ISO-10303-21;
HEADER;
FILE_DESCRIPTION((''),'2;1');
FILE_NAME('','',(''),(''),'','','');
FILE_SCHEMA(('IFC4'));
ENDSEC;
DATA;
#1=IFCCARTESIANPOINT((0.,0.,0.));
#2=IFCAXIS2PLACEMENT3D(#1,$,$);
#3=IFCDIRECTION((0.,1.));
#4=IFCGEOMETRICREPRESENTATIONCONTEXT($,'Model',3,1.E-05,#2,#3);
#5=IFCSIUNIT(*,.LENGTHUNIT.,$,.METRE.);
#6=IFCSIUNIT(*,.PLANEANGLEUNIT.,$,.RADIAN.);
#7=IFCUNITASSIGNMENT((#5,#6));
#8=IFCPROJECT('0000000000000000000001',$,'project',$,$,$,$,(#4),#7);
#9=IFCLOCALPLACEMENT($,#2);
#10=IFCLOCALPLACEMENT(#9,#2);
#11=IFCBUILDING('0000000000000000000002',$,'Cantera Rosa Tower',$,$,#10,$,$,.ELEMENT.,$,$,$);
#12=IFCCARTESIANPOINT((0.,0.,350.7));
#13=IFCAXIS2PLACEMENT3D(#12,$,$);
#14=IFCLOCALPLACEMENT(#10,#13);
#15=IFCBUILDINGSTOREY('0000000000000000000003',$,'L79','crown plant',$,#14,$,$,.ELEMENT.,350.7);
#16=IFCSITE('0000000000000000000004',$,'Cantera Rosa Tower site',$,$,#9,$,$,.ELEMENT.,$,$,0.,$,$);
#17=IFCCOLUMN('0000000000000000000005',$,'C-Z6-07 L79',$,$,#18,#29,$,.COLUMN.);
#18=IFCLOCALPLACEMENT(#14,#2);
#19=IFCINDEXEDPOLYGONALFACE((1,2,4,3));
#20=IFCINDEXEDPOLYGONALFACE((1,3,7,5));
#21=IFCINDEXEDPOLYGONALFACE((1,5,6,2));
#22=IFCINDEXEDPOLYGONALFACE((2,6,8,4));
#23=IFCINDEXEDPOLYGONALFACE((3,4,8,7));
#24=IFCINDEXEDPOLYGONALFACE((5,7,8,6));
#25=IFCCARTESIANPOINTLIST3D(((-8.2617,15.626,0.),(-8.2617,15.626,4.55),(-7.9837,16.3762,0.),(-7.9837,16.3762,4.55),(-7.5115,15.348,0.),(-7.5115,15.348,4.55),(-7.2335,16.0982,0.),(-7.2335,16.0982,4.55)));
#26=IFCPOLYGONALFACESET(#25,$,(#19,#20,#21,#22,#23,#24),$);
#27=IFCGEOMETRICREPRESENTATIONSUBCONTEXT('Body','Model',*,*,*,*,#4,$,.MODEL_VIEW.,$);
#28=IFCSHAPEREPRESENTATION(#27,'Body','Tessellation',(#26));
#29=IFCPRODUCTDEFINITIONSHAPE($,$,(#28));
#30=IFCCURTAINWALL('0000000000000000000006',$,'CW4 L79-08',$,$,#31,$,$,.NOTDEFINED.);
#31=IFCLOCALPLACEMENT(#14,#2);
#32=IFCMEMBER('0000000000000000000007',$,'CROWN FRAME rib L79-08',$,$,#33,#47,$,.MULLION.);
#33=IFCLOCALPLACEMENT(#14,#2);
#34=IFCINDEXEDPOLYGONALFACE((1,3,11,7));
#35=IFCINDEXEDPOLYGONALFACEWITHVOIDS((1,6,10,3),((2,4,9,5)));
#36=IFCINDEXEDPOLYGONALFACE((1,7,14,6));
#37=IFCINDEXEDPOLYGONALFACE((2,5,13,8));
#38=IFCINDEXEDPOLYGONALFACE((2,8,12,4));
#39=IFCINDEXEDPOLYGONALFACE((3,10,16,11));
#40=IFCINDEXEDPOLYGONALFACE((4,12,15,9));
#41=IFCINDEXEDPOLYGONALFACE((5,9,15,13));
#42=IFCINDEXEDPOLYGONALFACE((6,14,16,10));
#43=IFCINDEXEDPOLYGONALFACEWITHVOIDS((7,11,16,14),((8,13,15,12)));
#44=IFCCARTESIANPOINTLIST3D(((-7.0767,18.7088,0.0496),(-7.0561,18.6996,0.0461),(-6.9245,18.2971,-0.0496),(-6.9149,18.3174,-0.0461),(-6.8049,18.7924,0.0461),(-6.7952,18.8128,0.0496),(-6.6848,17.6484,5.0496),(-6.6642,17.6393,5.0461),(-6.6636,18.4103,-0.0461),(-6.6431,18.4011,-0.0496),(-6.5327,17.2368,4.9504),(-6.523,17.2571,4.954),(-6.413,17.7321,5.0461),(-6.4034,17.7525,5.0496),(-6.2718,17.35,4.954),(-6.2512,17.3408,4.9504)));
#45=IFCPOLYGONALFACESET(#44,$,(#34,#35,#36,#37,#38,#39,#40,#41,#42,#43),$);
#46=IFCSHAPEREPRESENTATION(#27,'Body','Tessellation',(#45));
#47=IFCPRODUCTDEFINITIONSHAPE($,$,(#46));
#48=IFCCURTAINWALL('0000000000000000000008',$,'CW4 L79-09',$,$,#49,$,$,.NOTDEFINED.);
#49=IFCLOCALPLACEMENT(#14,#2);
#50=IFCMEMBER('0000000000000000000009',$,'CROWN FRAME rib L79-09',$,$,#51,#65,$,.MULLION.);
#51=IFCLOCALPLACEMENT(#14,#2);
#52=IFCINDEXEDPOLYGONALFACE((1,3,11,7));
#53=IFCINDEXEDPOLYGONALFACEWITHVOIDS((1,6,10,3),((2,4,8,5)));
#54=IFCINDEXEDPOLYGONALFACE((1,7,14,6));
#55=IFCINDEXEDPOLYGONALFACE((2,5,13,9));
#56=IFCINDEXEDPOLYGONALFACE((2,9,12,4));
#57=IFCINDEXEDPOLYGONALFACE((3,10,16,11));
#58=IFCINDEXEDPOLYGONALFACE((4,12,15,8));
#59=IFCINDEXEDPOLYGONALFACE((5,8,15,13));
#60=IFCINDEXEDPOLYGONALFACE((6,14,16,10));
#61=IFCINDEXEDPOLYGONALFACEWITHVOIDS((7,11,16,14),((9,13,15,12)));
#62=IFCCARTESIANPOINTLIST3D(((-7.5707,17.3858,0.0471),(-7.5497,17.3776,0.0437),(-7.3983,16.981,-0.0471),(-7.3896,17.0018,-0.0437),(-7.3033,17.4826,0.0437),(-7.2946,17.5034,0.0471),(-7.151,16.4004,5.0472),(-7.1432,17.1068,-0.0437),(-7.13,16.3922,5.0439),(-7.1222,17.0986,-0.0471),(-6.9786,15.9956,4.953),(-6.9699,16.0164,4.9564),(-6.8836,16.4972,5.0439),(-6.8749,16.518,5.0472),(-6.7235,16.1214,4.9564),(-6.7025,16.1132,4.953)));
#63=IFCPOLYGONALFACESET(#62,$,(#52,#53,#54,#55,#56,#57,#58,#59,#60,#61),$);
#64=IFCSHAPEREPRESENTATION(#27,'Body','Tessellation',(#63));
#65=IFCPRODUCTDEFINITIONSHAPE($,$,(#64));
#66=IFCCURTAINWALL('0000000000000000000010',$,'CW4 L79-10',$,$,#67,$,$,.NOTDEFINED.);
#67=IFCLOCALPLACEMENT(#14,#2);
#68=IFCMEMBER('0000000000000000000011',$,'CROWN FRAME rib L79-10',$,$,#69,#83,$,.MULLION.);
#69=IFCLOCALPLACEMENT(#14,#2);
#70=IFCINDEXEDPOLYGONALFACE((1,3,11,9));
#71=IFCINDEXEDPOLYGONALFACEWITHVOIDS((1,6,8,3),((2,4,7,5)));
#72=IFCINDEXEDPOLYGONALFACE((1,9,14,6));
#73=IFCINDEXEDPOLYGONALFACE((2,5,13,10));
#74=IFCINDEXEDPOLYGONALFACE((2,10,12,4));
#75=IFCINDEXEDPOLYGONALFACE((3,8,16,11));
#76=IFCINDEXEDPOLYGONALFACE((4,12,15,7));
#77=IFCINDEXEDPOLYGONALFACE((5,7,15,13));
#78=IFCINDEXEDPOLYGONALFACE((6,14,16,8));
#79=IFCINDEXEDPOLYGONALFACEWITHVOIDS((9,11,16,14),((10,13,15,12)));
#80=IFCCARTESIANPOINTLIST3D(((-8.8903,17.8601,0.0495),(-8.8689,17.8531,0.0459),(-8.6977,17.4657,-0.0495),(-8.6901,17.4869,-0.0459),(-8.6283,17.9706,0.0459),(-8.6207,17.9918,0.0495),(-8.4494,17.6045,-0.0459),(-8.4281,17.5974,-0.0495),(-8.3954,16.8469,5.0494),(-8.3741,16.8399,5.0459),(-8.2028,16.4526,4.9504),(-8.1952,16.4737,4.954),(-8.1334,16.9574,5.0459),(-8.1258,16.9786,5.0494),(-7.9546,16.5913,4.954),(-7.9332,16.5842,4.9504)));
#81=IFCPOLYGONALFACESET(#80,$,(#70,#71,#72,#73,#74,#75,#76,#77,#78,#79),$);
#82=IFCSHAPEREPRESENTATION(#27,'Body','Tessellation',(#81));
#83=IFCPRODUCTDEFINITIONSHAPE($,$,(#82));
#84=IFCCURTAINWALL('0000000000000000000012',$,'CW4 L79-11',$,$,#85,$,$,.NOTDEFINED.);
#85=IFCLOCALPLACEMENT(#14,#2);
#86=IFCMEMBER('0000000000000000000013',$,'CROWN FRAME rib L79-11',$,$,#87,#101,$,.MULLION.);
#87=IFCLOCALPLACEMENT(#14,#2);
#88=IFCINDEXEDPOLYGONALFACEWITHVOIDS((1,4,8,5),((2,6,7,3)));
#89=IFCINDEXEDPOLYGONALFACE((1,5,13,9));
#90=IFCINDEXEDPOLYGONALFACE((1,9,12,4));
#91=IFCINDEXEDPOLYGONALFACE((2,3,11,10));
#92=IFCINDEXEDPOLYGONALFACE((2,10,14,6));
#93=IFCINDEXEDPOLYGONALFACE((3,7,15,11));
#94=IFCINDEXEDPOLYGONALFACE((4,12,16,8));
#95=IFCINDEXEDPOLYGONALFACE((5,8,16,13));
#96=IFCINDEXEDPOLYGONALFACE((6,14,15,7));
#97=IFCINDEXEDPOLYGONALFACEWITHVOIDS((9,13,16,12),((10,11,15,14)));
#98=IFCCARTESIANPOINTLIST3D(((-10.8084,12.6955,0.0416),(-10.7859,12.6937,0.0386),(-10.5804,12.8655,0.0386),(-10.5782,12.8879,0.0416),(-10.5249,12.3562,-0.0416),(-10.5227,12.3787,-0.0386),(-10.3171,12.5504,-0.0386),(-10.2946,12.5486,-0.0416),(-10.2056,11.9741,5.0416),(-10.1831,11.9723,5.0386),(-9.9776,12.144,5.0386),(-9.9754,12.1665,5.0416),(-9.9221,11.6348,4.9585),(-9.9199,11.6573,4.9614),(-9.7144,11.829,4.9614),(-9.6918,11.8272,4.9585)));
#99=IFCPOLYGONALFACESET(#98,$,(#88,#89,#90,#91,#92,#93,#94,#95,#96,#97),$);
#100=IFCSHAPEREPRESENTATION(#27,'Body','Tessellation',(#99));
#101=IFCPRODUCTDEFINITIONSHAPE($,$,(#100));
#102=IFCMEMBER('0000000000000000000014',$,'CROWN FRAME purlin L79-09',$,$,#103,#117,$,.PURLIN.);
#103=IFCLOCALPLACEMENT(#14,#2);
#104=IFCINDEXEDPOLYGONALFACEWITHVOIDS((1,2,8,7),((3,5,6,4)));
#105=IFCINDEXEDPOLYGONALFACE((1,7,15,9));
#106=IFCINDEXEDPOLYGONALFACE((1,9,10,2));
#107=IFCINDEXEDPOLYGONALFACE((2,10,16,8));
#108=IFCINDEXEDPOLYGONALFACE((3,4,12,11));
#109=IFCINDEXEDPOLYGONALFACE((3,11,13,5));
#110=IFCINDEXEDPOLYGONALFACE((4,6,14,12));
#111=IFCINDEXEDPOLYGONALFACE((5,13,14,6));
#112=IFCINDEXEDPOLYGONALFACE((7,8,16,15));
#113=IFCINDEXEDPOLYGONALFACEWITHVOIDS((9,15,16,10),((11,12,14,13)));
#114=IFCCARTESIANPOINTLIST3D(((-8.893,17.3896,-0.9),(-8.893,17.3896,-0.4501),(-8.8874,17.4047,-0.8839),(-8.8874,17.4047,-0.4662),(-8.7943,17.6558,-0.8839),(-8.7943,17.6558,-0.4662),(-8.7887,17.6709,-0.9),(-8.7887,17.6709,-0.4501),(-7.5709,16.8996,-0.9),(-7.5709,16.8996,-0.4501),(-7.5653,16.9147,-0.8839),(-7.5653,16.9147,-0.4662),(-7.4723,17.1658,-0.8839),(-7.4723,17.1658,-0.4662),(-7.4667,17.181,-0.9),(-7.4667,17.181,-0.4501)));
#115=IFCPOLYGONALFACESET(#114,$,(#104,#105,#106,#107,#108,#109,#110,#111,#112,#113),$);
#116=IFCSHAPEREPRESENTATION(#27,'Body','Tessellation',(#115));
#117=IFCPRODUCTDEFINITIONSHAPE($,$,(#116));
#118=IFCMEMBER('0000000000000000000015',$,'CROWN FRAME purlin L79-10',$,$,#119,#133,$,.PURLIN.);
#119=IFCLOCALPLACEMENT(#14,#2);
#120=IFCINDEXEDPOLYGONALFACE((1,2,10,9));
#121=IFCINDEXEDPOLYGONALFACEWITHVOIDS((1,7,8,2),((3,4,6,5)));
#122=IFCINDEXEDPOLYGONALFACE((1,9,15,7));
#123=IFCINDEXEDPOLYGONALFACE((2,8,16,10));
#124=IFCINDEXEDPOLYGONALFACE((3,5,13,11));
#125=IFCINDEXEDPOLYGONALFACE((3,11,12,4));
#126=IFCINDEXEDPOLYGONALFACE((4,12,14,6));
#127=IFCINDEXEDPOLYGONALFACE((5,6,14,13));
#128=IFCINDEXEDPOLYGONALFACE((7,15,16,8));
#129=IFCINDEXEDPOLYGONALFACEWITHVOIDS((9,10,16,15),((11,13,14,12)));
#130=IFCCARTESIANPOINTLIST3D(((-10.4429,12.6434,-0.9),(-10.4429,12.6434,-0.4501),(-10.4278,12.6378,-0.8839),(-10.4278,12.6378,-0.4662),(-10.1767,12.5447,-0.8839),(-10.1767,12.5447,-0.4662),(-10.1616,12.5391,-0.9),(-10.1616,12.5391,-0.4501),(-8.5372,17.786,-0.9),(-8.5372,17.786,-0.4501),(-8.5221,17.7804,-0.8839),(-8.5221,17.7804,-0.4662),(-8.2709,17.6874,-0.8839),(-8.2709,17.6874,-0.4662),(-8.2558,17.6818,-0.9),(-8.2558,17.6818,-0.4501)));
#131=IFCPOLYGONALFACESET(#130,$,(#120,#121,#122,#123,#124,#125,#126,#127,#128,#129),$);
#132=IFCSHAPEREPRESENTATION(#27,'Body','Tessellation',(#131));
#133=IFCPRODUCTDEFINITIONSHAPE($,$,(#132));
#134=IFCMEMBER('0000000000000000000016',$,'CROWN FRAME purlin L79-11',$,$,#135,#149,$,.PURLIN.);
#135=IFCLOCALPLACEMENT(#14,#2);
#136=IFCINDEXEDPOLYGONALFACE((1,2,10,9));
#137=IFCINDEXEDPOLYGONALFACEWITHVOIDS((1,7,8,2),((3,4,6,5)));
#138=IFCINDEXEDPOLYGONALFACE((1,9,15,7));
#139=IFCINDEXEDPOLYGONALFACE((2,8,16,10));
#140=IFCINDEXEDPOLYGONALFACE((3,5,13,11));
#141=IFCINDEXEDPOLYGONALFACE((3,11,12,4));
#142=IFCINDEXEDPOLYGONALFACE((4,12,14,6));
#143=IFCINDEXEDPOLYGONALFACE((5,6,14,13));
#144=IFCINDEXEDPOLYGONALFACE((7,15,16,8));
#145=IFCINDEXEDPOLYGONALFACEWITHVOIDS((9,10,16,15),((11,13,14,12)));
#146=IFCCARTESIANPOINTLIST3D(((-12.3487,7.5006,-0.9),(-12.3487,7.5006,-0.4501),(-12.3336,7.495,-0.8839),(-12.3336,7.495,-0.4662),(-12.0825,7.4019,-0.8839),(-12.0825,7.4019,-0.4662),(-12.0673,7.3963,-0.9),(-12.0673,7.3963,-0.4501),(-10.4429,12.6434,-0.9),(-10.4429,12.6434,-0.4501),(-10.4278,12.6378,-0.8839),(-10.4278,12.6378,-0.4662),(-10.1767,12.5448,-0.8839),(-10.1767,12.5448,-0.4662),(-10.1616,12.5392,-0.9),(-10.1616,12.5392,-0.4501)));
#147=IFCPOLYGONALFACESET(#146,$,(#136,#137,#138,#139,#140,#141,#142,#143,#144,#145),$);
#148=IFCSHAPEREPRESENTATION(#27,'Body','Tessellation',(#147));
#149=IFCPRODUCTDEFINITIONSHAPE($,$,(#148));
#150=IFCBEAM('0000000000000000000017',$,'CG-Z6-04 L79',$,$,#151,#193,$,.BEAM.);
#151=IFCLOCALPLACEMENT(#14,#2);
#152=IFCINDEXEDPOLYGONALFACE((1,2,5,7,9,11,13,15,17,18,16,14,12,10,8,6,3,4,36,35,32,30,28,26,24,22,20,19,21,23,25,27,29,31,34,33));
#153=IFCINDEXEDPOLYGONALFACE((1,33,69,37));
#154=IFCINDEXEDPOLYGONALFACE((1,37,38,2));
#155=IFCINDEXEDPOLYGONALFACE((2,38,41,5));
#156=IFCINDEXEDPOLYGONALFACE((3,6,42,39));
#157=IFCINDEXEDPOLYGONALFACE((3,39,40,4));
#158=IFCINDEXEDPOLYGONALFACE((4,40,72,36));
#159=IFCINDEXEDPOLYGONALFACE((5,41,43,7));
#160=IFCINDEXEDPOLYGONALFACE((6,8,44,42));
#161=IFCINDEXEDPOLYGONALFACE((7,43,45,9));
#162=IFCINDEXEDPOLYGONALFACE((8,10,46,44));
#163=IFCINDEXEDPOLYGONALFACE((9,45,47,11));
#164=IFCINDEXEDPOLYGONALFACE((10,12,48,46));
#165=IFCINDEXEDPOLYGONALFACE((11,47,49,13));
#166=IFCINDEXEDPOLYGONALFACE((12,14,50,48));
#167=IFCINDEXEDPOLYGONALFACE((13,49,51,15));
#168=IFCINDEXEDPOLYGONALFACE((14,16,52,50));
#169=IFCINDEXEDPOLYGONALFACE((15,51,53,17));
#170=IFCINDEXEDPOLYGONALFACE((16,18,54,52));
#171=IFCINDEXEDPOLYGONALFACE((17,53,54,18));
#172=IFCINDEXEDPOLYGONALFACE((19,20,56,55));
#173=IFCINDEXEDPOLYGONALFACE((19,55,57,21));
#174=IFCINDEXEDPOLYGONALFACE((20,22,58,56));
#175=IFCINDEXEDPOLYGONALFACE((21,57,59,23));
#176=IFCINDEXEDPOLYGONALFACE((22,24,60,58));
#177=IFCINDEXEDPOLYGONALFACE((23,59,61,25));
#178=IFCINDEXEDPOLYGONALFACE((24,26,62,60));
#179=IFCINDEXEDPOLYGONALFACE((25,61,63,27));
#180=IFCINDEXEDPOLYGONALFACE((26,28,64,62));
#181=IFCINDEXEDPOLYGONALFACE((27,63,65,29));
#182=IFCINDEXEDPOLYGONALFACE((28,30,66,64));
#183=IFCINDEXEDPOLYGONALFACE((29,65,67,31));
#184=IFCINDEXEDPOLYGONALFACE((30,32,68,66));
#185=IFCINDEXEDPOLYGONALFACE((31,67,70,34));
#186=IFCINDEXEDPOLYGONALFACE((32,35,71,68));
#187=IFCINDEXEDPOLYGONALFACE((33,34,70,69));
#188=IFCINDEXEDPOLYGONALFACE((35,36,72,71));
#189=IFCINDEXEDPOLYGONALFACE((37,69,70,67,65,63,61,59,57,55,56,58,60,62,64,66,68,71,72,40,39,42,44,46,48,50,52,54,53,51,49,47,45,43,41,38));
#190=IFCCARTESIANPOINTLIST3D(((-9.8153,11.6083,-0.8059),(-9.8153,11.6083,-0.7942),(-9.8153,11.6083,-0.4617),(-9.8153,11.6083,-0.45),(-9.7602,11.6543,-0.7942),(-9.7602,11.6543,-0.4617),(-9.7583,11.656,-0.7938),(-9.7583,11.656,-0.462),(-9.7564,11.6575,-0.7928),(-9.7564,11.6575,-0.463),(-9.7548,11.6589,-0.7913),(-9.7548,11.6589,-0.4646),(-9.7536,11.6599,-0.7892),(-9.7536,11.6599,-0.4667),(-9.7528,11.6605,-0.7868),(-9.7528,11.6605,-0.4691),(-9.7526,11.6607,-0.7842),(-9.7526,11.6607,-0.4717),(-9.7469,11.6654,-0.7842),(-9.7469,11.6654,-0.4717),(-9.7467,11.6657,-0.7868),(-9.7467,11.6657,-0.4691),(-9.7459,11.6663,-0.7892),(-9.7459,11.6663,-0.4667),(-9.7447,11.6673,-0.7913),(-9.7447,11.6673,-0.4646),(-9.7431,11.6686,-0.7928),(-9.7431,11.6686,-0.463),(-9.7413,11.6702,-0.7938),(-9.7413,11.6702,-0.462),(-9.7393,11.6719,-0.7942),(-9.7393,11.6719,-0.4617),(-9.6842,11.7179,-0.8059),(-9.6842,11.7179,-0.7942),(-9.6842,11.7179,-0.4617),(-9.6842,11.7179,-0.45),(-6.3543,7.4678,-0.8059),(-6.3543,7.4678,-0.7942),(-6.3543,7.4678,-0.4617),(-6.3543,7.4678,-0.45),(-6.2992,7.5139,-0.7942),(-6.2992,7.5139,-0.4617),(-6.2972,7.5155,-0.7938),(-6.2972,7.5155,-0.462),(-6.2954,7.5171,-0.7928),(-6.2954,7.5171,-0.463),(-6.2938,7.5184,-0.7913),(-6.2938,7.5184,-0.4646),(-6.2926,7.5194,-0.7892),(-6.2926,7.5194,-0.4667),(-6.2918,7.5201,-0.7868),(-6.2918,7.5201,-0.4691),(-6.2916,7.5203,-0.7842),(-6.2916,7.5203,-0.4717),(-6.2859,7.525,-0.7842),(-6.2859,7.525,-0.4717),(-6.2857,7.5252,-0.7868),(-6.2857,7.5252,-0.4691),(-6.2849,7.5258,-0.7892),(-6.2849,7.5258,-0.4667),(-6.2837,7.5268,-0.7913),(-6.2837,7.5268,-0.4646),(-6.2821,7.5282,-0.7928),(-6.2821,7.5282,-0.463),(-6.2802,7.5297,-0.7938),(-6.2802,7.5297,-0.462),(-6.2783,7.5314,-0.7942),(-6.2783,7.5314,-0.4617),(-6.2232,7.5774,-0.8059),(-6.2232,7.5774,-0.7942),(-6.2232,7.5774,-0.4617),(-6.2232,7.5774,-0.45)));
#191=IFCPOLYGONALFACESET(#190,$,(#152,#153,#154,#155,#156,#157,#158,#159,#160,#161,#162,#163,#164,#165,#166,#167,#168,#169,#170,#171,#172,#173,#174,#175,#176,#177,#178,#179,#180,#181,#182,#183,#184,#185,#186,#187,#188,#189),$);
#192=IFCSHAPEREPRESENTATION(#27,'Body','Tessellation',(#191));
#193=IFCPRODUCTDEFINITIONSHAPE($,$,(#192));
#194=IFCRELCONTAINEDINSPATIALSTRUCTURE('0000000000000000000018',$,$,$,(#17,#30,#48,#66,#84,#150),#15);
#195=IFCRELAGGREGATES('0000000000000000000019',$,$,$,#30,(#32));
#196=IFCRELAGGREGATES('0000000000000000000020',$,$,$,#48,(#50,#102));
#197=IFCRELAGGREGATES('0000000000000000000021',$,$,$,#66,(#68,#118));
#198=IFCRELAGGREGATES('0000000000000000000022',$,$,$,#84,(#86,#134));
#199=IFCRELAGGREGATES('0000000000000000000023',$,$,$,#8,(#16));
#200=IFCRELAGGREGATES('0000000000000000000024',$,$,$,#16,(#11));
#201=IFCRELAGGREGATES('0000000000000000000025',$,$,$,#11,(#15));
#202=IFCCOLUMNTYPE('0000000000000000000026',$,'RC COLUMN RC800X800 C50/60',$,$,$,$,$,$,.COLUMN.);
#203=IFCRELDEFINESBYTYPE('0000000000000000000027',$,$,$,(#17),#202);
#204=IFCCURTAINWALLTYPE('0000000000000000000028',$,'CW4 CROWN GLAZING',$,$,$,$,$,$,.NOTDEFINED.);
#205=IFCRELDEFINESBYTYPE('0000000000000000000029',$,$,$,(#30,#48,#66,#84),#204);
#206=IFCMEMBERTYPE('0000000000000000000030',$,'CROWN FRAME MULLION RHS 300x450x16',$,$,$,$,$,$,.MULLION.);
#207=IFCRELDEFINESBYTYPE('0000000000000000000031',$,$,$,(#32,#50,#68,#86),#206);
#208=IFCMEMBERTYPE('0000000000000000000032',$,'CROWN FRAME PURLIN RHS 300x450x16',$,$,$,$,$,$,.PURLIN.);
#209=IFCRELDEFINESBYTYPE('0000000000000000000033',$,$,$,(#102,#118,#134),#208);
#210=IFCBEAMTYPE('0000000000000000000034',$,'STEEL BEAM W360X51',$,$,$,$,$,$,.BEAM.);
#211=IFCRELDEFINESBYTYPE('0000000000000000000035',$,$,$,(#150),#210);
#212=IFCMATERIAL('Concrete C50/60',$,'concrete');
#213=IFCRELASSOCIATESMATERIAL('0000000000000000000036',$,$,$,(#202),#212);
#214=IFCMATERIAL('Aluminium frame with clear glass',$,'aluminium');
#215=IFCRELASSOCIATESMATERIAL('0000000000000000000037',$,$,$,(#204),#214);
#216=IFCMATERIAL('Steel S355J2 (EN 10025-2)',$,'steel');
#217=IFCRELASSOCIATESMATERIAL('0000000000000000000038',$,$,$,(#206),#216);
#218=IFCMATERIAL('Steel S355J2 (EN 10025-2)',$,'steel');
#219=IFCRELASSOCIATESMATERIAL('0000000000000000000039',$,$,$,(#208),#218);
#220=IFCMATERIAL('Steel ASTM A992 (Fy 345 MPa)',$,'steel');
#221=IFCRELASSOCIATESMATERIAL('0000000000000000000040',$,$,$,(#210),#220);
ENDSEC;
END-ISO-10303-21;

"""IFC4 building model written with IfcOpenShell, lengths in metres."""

from ifc_helpers import new_model, si_unit, direction, frame, origin, origin_2d, place, context, subcontext, project, spatial, rectangle, hollow_rectangle, i_section, extrude, material, material_profile, profile_set, type_object, element, aggregate, save


model = new_model("IFC4")

# Units and contexts
model_context = context("Model", 3, precision=1e-05, world=origin(), true_north=direction((0.0, 1.0)))
body_context = subcontext(model_context, "Body", "Model", "MODEL_VIEW")
ifc_project = project(units=[si_unit("LENGTHUNIT", "METRE"), si_unit("PLANEANGLEUNIT", "RADIAN")], contexts=[model_context])

# Site, building, storey
site_placement = place(None, origin())
site = spatial("IfcSite", under=ifc_project, at=site_placement, Name="Cantera Rosa Tower site", CompositionType="ELEMENT", RefElevation=0.0)
building_placement = place(site_placement, origin())
building = spatial("IfcBuilding", under=site, at=building_placement, Name="Cantera Rosa Tower", CompositionType="ELEMENT")
storey_placement = place(building_placement, frame((0.0, 0.0, 350.7)))
storey = spatial("IfcBuildingStorey", under=building, at=storey_placement, Name="L79", Description="crown plant", CompositionType="ELEMENT", Elevation=350.7)

# Column
ifc_material_1 = material(Name="Concrete C50/60", Category="concrete")
ifc_material_profile_1 = material_profile(ifc_material_1, rectangle(XDim=0.8, YDim=0.8, at=origin_2d()), Name="RC COLUMN RC800X800 C50/60")
ifc_profile_set_1 = profile_set([ifc_material_profile_1], Name="Concrete C50/60")
column_type = type_object("IfcColumnType", Name="RC COLUMN RC800X800 C50/60", PredefinedType="COLUMN", material=ifc_profile_set_1)
column_placement = place(storey_placement, frame((-7.7476, 15.8621, 0.0), z_axis=(0.0, 0.0, 1.0), x_axis=(0.347481, 0.937687, 0.0)))
element("IfcColumn", 1, at=column_placement, inside=storey, type_object=column_type, Name="C-Z6-07 L79", PredefinedType="COLUMN", context=body_context, shape_type="SweptSolid", body=[
    extrude(rectangle(XDim=0.8, YDim=0.8, at=origin_2d()), origin(), (0.0, 0.0, 1.0), 4.55),
])

# Curtain walls, members
ifc_material_2 = material(Name="Aluminium frame with clear glass", Category="aluminium")
curtain_wall_type = type_object("IfcCurtainWallType", Name="CW4 CROWN GLAZING", PredefinedType="NOTDEFINED", material=ifc_material_2)
curtain_wall_1_placement = place(storey_placement, origin())
curtain_wall_1 = element("IfcCurtainWall", 2, at=curtain_wall_1_placement, inside=storey, type_object=curtain_wall_type, Name="CW4 L79-08", PredefinedType="NOTDEFINED")
ifc_material_3 = material(Name="Steel S355J2 (EN 10025-2)", Category="steel")
ifc_material_profile_2 = material_profile(ifc_material_3, hollow_rectangle(XDim=0.3, YDim=0.45, WallThickness=0.0161, at=origin_2d()), Name="CROWN FRAME MULLION RHS 300x450x16")
ifc_profile_set_2 = profile_set([ifc_material_profile_2], Name="Steel S355J2 (EN 10025-2)")
member_type_1 = type_object("IfcMemberType", Name="CROWN FRAME MULLION RHS 300x450x16", PredefinedType="MULLION", material=ifc_profile_set_2)
member_1_placement = place(storey_placement, frame((-6.8599, 18.5549, 0.0), z_axis=(0.07644, -0.20684, 0.975384), x_axis=(0.937996, 0.346646, 0.0)))
member_1 = element("IfcMember", 3, at=member_1_placement, type_object=member_type_1, Name="CROWN FRAME rib L79-08", PredefinedType="MULLION", context=body_context, shape_type="SweptSolid", body=[
    extrude(hollow_rectangle(XDim=0.3, YDim=0.45, WallThickness=0.0161, at=origin_2d()), origin(), (0.0, 0.0, 1.0), 5.1262),
])
curtain_wall_2_placement = place(storey_placement, origin())
curtain_wall_2 = element("IfcCurtainWall", 4, at=curtain_wall_2_placement, inside=storey, type_object=curtain_wall_type, Name="CW4 L79-09", PredefinedType="NOTDEFINED")
member_2_placement = place(storey_placement, frame((-7.3464, 17.2422, 0.0), z_axis=(0.082074, -0.192699, 0.977819), x_axis=(0.920027, 0.391855, 0.0)))
member_2 = element("IfcMember", 5, at=member_2_placement, type_object=member_type_1, Name="CROWN FRAME rib L79-09", PredefinedType="MULLION", context=body_context, shape_type="SweptSolid", body=[
    extrude(hollow_rectangle(XDim=0.3, YDim=0.45, WallThickness=0.0161, at=origin_2d()), origin(), (0.0, 0.0, 1.0), 5.1135),
])
curtain_wall_3_placement = place(storey_placement, origin())
curtain_wall_3 = element("IfcCurtainWall", 6, at=curtain_wall_3_placement, inside=storey, type_object=curtain_wall_type, Name="CW4 L79-10", PredefinedType="NOTDEFINED")
member_3_placement = place(storey_placement, frame((-8.6592, 17.7288, 0.0), z_axis=(0.09655, -0.197672, 0.975502), x_axis=(0.898546, 0.43888, 0.0)))
member_3 = element("IfcMember", 7, at=member_3_placement, type_object=member_type_1, Name="CROWN FRAME rib L79-10", PredefinedType="MULLION", context=body_context, shape_type="SweptSolid", body=[
    extrude(hollow_rectangle(XDim=0.3, YDim=0.45, WallThickness=0.0161, at=origin_2d()), origin(), (0.0, 0.0, 1.0), 5.1255),
])
curtain_wall_4_placement = place(storey_placement, origin())
curtain_wall_4 = element("IfcCurtainWall", 8, at=curtain_wall_4_placement, inside=storey, type_object=curtain_wall_type, Name="CW4 L79-11", PredefinedType="NOTDEFINED")
member_4_placement = place(storey_placement, frame((-10.5515, 12.6221, 0.0), z_axis=(0.118481, -0.141802, 0.982779), x_axis=(0.76739, 0.64118, 0.0)))
member_4 = element("IfcMember", 9, at=member_4_placement, type_object=member_type_1, Name="CROWN FRAME rib L79-11", PredefinedType="MULLION", context=body_context, shape_type="SweptSolid", body=[
    extrude(hollow_rectangle(XDim=0.3, YDim=0.45, WallThickness=0.0161, at=origin_2d()), origin(), (0.0, 0.0, 1.0), 5.0876),
])

# Members
ifc_material_4 = material(Name="Steel S355J2 (EN 10025-2)", Category="steel")
ifc_material_profile_3 = material_profile(ifc_material_4, hollow_rectangle(XDim=0.3, YDim=0.45, WallThickness=0.0161, at=origin_2d()), Name="CROWN FRAME PURLIN RHS 300x450x16")
ifc_profile_set_3 = profile_set([ifc_material_profile_3], Name="Steel S355J2 (EN 10025-2)")
member_type_2 = type_object("IfcMemberType", Name="CROWN FRAME PURLIN RHS 300x450x16", PredefinedType="PURLIN", material=ifc_profile_set_3)
member_5_placement = place(storey_placement, frame((-7.5188, 17.0403, -0.675), z_axis=(-0.937667, 0.347534, 0.0), x_axis=(-0.347534, -0.937667, 0.0)))
member_5 = element("IfcMember", 10, at=member_5_placement, type_object=member_type_2, Name="CROWN FRAME purlin L79-09", PredefinedType="PURLIN", context=body_context, shape_type="SweptSolid", body=[
    extrude(hollow_rectangle(XDim=0.3, YDim=0.45, WallThickness=0.0161, at=origin_2d()), origin(), (0.0, 0.0, 1.0), 1.4099),
])
member_6_placement = place(storey_placement, frame((-8.3965, 17.7339, -0.675), z_axis=(-0.347491, -0.937683, 0.0), x_axis=(0.937683, -0.347491, 0.0)))
member_6 = element("IfcMember", 11, at=member_6_placement, type_object=member_type_2, Name="CROWN FRAME purlin L79-10", PredefinedType="PURLIN", context=body_context, shape_type="SweptSolid", body=[
    extrude(hollow_rectangle(XDim=0.3, YDim=0.45, WallThickness=0.0161, at=origin_2d()), origin(), (0.0, 0.0, 1.0), 5.4844),
])
member_7_placement = place(storey_placement, frame((-10.3022, 12.5913, -0.675), z_axis=(-0.347477, -0.937689, 0.0), x_axis=(0.937689, -0.347477, 0.0)))
member_7 = element("IfcMember", 12, at=member_7_placement, type_object=member_type_2, Name="CROWN FRAME purlin L79-11", PredefinedType="PURLIN", context=body_context, shape_type="SweptSolid", body=[
    extrude(hollow_rectangle(XDim=0.3, YDim=0.45, WallThickness=0.0161, at=origin_2d()), origin(), (0.0, 0.0, 1.0), 5.4846),
])

# Beam
ifc_material_5 = material(Name="Steel ASTM A992 (Fy 345 MPa)", Category="steel")
ifc_material_profile_4 = material_profile(ifc_material_5, i_section(OverallWidth=0.1709, OverallDepth=0.356, WebThickness=0.0073, FlangeThickness=0.0117, FilletRadius=0.01, at=origin_2d()), Name="W360X51")
ifc_profile_set_4 = profile_set([ifc_material_profile_4], Name="Steel ASTM A992 (Fy 345 MPa)")
beam_type_1 = type_object("IfcBeamType", Name="STEEL BEAM W360X51", PredefinedType="BEAM", material=ifc_profile_set_4)
beam_1_placement = place(storey_placement, frame((-9.7498, 11.6631, -0.6279), z_axis=(0.641345, -0.767253, 0.0), x_axis=(0.767253, 0.641345, 0.0)))
element("IfcBeam", 13, at=beam_1_placement, inside=storey, type_object=beam_type_1, Name="CG-Z6-04 L79", PredefinedType="BEAM", context=body_context, shape_type="SweptSolid", body=[
    extrude(i_section(OverallWidth=0.1709, OverallDepth=0.356, WebThickness=0.0073, FlangeThickness=0.0117, FilletRadius=0.01, at=origin_2d()), origin(), (0.0, 0.0, 1.0), 5.3965),
])

aggregate(curtain_wall_1, [member_1])
aggregate(curtain_wall_2, [member_2, member_5])
aggregate(curtain_wall_3, [member_3, member_6])
aggregate(curtain_wall_4, [member_4, member_7])

save(model, "model.ifc")
